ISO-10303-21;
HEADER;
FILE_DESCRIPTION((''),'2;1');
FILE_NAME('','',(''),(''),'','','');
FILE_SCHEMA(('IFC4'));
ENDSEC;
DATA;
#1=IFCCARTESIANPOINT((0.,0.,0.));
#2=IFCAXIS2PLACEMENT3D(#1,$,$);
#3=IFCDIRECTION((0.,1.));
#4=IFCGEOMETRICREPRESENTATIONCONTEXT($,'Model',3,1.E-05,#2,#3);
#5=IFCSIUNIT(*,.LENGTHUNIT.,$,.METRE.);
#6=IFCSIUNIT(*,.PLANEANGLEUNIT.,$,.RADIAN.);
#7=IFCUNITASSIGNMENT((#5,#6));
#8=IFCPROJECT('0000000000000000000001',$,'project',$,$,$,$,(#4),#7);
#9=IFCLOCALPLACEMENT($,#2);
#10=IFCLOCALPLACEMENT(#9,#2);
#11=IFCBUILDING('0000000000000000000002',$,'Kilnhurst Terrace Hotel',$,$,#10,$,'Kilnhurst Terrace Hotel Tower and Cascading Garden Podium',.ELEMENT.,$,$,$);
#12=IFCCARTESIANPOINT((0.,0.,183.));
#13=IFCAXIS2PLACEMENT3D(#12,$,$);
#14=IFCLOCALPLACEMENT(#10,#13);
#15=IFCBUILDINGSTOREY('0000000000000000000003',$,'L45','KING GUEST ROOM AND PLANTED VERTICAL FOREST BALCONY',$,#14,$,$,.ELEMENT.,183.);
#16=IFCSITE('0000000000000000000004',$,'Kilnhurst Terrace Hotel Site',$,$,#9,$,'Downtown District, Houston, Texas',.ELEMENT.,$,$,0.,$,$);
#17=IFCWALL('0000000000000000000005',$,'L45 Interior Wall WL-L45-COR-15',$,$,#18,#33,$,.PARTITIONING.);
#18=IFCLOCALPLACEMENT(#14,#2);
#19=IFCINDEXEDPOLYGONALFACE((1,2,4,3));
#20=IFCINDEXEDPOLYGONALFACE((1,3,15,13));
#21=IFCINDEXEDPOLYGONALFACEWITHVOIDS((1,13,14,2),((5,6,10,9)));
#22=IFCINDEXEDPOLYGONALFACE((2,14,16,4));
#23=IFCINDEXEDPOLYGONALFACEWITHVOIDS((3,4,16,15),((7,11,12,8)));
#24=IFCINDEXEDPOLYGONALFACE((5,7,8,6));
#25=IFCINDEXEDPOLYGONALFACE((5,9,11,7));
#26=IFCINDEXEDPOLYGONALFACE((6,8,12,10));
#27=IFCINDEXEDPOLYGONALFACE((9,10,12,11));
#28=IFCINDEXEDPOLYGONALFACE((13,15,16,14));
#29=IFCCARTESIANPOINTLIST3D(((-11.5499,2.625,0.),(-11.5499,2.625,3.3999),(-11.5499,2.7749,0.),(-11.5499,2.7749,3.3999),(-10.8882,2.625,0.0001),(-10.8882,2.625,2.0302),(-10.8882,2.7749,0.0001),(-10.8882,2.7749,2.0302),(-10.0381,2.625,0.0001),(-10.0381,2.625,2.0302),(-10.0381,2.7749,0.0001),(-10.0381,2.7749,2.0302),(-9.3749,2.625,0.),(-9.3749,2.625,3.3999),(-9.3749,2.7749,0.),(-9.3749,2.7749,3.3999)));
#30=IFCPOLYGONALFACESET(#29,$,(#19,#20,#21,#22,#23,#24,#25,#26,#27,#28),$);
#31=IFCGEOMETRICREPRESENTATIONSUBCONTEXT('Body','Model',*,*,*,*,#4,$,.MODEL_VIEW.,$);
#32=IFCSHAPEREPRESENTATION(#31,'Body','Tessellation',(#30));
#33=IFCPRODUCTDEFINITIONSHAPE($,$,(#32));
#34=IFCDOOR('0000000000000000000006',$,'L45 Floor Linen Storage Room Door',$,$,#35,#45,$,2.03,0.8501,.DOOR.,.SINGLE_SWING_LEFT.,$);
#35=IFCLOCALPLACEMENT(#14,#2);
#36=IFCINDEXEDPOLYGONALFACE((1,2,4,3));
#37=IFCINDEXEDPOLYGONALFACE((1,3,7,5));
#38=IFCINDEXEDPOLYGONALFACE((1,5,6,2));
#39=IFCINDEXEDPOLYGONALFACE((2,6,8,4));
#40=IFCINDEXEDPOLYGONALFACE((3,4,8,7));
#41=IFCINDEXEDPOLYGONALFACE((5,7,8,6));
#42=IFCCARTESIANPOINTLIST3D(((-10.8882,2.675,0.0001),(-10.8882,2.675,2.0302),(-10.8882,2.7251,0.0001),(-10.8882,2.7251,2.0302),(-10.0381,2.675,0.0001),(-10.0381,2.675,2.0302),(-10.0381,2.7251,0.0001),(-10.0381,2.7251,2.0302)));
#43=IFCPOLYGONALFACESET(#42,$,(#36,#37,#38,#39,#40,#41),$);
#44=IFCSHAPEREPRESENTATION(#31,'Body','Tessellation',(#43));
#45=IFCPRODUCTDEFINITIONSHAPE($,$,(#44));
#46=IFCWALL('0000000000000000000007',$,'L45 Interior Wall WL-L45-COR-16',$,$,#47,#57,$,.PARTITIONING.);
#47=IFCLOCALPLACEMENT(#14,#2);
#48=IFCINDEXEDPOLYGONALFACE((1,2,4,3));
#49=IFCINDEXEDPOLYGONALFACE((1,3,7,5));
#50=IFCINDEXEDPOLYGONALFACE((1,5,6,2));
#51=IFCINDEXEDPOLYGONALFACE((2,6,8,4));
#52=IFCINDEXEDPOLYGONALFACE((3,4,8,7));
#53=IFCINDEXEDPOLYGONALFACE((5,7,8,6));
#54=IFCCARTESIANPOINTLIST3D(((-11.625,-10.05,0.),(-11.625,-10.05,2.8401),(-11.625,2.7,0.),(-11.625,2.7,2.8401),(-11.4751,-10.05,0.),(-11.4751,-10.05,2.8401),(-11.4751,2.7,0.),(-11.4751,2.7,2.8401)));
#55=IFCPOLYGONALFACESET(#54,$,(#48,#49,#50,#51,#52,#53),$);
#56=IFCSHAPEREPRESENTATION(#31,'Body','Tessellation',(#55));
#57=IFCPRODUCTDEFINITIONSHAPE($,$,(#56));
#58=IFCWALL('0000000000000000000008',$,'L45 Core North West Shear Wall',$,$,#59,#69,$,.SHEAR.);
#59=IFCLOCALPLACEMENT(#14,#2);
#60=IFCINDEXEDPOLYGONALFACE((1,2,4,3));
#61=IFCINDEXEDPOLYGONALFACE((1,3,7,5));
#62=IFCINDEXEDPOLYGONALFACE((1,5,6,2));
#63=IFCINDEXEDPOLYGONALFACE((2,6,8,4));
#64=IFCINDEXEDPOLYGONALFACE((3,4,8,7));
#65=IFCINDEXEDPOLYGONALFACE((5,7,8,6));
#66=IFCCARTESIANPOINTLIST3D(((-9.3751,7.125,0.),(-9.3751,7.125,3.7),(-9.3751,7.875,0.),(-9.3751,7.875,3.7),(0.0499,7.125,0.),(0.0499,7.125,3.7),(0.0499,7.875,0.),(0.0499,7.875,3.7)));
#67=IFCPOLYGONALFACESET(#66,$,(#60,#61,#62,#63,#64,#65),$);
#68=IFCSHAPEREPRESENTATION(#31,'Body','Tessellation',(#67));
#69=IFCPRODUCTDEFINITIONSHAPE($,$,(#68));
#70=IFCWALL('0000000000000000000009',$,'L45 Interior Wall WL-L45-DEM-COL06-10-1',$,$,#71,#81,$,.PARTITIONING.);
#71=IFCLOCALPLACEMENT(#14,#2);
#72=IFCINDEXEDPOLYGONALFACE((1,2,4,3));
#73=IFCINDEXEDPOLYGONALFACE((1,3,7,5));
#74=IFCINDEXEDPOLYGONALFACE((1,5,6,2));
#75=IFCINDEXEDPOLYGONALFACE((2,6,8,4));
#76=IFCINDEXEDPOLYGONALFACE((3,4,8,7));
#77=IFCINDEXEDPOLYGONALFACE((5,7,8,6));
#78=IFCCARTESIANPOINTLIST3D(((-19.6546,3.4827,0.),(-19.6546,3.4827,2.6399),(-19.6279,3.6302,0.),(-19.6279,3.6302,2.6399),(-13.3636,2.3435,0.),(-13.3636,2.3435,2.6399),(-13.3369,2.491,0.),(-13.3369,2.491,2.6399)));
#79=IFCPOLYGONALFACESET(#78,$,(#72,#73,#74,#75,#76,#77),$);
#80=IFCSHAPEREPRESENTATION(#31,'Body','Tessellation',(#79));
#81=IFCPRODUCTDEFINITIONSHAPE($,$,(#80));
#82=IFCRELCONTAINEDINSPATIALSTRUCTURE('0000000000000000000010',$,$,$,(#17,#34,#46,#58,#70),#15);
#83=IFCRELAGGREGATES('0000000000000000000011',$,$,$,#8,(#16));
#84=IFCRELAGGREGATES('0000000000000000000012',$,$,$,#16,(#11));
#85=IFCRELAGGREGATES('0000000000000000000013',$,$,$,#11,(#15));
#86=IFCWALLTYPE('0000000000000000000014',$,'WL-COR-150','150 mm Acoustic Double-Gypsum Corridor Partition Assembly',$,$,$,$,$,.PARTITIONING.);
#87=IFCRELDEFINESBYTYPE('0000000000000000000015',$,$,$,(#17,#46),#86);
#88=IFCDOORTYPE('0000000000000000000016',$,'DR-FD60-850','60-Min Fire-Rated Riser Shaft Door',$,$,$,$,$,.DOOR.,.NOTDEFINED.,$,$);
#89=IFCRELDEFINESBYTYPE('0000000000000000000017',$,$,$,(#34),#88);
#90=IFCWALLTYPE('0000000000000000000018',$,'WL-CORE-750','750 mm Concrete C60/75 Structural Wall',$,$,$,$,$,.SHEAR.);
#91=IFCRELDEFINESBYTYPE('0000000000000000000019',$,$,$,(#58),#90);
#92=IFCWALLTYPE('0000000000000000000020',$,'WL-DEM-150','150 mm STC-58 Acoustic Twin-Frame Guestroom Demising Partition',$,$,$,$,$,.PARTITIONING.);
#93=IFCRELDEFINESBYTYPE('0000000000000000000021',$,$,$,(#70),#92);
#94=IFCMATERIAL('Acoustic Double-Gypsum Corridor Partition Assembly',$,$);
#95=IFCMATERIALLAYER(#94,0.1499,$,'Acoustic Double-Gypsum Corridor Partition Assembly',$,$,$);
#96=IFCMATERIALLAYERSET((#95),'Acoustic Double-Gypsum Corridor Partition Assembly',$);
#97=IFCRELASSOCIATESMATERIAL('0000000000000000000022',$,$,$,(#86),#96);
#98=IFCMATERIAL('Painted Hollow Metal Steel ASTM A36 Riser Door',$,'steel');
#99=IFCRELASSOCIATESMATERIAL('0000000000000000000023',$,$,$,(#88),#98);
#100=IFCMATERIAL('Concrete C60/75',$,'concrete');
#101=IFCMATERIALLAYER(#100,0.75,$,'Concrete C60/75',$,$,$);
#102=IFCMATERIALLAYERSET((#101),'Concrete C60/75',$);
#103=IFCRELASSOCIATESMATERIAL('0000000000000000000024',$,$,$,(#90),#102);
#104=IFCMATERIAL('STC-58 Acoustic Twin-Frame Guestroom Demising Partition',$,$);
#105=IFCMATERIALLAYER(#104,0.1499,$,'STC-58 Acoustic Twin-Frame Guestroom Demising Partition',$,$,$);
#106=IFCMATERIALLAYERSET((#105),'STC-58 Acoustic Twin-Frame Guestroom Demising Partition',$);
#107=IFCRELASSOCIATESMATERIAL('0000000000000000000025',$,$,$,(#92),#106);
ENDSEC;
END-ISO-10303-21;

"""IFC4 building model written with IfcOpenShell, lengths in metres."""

from ifc_helpers import new_model, si_unit, direction, frame, frame_2d, origin, place, context, subcontext, project, spatial, rectangle, extrude, material, layer, layer_set, type_object, element, fill, save


model = new_model("IFC4")

# Units and contexts
model_context = context("Model", 3, precision=1e-05, world=origin(), true_north=direction((0.0, 1.0)))
body_context = subcontext(model_context, "Body", "Model", "MODEL_VIEW")
ifc_project = project(units=[si_unit("LENGTHUNIT", "METRE"), si_unit("PLANEANGLEUNIT", "RADIAN")], contexts=[model_context])

# Site, building, storey
site_placement = place(None, origin())
site = spatial("IfcSite", under=ifc_project, at=site_placement, Name="Kilnhurst Terrace Hotel Site", LongName="Downtown District, Houston, Texas", CompositionType="ELEMENT", RefElevation=0.0)
building_placement = place(site_placement, origin())
building = spatial("IfcBuilding", under=site, at=building_placement, Name="Kilnhurst Terrace Hotel", LongName="Kilnhurst Terrace Hotel Tower and Cascading Garden Podium", CompositionType="ELEMENT")
storey_placement = place(building_placement, frame((0.0, 0.0, 183.0)))
storey = spatial("IfcBuildingStorey", under=building, at=storey_placement, Name="L45", Description="KING GUEST ROOM AND PLANTED VERTICAL FOREST BALCONY", CompositionType="ELEMENT", Elevation=183.0)

# Shared definitions
ifc_material_1 = material(Name="Acoustic Double-Gypsum Corridor Partition Assembly")
ifc_layer_1 = layer(ifc_material_1, 0.1499, Name="Acoustic Double-Gypsum Corridor Partition Assembly")
ifc_layer_set_1 = layer_set([ifc_layer_1], Name="Acoustic Double-Gypsum Corridor Partition Assembly")
wall_type_1 = type_object("IfcWallType", Name="WL-COR-150", Description="150 mm Acoustic Double-Gypsum Corridor Partition Assembly", PredefinedType="PARTITIONING", material=ifc_layer_set_1)

# Wall, opening, door
wall_1_placement = place(storey_placement, frame((-9.375, 2.7, 0.0), z_axis=(0.0, 0.0, 1.0), x_axis=(-1.0, 0.0, 0.0)))
wall_1 = element("IfcWall", 1, at=wall_1_placement, inside=storey, type_object=wall_type_1, Name="L45 Interior Wall WL-L45-COR-15", PredefinedType="PARTITIONING", context=body_context, shape_type="SweptSolid", body=[
    extrude(rectangle(XDim=2.175, YDim=0.1499, at=frame_2d((1.0874, 0.0))), origin(), (0.0, 0.0, 1.0), 3.3999),
])
opening_placement = place(wall_1_placement, frame((0.6631, 0.0, 0.0)))
opening = element("IfcOpeningElement", 2, at=opening_placement, cuts=wall_1, PredefinedType="OPENING", context=body_context, shape_type="SweptSolid", body=[
    extrude(rectangle(XDim=0.8501, YDim=2.03, at=frame_2d((0.425, 1.0151))), frame((0.0, 0.085, 0.0), z_axis=(0.0, -1.0, 0.0), x_axis=(1.0, 0.0, 0.0)), (0.0, 0.0, 1.0), 0.1699),
])
ifc_material_2 = material(Name="Painted Hollow Metal Steel ASTM A36 Riser Door", Category="steel")
door_type = type_object("IfcDoorType", Name="DR-FD60-850", Description="60-Min Fire-Rated Riser Shaft Door", OperationType="NOTDEFINED", PredefinedType="DOOR", material=ifc_material_2)
door_placement = place(opening_placement, origin())
door = element("IfcDoor", 3, at=door_placement, inside=storey, type_object=door_type, Name="L45 Floor Linen Storage Room Door", OperationType="SINGLE_SWING_LEFT", OverallHeight=2.03, OverallWidth=0.8501, PredefinedType="DOOR", context=body_context, shape_type="SweptSolid", body=[
    extrude(rectangle(XDim=0.8501, YDim=2.03, at=frame_2d((0.425, 1.0151))), frame((0.0, 0.0249, 0.0), z_axis=(0.0, -1.0, 0.0), x_axis=(1.0, 0.0, 0.0)), (0.0, 0.0, 1.0), 0.05),
])
fill(opening, door)

# Walls
wall_2_placement = place(storey_placement, frame((-11.55, 2.7, 0.0), z_axis=(0.0, 0.0, 1.0), x_axis=(0.0, -1.0, 0.0)))
element("IfcWall", 4, at=wall_2_placement, inside=storey, type_object=wall_type_1, Name="L45 Interior Wall WL-L45-COR-16", PredefinedType="PARTITIONING", context=body_context, shape_type="SweptSolid", body=[
    extrude(rectangle(XDim=12.75, YDim=0.1499, at=frame_2d((6.375, 0.0))), origin(), (0.0, 0.0, 1.0), 2.8401),
])
ifc_material_3 = material(Name="Concrete C60/75", Category="concrete")
ifc_layer_2 = layer(ifc_material_3, 0.75, Name="Concrete C60/75")
ifc_layer_set_2 = layer_set([ifc_layer_2], Name="Concrete C60/75")
wall_type_2 = type_object("IfcWallType", Name="WL-CORE-750", Description="750 mm Concrete C60/75 Structural Wall", PredefinedType="SHEAR", material=ifc_layer_set_2)
wall_3_placement = place(storey_placement, frame((-9.375, 7.5, 0.0), z_axis=(0.0, 0.0, 1.0), x_axis=(1.0, 0.0, 0.0)))
element("IfcWall", 5, at=wall_3_placement, inside=storey, type_object=wall_type_2, Name="L45 Core North West Shear Wall", PredefinedType="SHEAR", context=body_context, shape_type="SweptSolid", body=[
    extrude(rectangle(XDim=9.425, YDim=0.75, at=frame_2d((4.7124, 0.0))), origin(), (0.0, 0.0, 1.0), 3.7),
])
ifc_material_4 = material(Name="STC-58 Acoustic Twin-Frame Guestroom Demising Partition")
ifc_layer_3 = layer(ifc_material_4, 0.1499, Name="STC-58 Acoustic Twin-Frame Guestroom Demising Partition")
ifc_layer_set_3 = layer_set([ifc_layer_3], Name="STC-58 Acoustic Twin-Frame Guestroom Demising Partition")
wall_type_3 = type_object("IfcWallType", Name="WL-DEM-150", Description="150 mm STC-58 Acoustic Twin-Frame Guestroom Demising Partition", PredefinedType="PARTITIONING", material=ifc_layer_set_3)
wall_4_placement = place(storey_placement, frame((-13.3501, 2.4172, 0.0), z_axis=(0.0, 0.0, 1.0), x_axis=(-0.983998, 0.17818, 0.0)))
element("IfcWall", 6, at=wall_4_placement, inside=storey, type_object=wall_type_3, Name="L45 Interior Wall WL-L45-DEM-COL06-10-1", PredefinedType="PARTITIONING", context=body_context, shape_type="SweptSolid", body=[
    extrude(rectangle(XDim=6.3933, YDim=0.1499, at=frame_2d((3.1968, 0.0))), origin(), (0.0, 0.0, 1.0), 2.6399),
])

save(model, "model.ifc")
